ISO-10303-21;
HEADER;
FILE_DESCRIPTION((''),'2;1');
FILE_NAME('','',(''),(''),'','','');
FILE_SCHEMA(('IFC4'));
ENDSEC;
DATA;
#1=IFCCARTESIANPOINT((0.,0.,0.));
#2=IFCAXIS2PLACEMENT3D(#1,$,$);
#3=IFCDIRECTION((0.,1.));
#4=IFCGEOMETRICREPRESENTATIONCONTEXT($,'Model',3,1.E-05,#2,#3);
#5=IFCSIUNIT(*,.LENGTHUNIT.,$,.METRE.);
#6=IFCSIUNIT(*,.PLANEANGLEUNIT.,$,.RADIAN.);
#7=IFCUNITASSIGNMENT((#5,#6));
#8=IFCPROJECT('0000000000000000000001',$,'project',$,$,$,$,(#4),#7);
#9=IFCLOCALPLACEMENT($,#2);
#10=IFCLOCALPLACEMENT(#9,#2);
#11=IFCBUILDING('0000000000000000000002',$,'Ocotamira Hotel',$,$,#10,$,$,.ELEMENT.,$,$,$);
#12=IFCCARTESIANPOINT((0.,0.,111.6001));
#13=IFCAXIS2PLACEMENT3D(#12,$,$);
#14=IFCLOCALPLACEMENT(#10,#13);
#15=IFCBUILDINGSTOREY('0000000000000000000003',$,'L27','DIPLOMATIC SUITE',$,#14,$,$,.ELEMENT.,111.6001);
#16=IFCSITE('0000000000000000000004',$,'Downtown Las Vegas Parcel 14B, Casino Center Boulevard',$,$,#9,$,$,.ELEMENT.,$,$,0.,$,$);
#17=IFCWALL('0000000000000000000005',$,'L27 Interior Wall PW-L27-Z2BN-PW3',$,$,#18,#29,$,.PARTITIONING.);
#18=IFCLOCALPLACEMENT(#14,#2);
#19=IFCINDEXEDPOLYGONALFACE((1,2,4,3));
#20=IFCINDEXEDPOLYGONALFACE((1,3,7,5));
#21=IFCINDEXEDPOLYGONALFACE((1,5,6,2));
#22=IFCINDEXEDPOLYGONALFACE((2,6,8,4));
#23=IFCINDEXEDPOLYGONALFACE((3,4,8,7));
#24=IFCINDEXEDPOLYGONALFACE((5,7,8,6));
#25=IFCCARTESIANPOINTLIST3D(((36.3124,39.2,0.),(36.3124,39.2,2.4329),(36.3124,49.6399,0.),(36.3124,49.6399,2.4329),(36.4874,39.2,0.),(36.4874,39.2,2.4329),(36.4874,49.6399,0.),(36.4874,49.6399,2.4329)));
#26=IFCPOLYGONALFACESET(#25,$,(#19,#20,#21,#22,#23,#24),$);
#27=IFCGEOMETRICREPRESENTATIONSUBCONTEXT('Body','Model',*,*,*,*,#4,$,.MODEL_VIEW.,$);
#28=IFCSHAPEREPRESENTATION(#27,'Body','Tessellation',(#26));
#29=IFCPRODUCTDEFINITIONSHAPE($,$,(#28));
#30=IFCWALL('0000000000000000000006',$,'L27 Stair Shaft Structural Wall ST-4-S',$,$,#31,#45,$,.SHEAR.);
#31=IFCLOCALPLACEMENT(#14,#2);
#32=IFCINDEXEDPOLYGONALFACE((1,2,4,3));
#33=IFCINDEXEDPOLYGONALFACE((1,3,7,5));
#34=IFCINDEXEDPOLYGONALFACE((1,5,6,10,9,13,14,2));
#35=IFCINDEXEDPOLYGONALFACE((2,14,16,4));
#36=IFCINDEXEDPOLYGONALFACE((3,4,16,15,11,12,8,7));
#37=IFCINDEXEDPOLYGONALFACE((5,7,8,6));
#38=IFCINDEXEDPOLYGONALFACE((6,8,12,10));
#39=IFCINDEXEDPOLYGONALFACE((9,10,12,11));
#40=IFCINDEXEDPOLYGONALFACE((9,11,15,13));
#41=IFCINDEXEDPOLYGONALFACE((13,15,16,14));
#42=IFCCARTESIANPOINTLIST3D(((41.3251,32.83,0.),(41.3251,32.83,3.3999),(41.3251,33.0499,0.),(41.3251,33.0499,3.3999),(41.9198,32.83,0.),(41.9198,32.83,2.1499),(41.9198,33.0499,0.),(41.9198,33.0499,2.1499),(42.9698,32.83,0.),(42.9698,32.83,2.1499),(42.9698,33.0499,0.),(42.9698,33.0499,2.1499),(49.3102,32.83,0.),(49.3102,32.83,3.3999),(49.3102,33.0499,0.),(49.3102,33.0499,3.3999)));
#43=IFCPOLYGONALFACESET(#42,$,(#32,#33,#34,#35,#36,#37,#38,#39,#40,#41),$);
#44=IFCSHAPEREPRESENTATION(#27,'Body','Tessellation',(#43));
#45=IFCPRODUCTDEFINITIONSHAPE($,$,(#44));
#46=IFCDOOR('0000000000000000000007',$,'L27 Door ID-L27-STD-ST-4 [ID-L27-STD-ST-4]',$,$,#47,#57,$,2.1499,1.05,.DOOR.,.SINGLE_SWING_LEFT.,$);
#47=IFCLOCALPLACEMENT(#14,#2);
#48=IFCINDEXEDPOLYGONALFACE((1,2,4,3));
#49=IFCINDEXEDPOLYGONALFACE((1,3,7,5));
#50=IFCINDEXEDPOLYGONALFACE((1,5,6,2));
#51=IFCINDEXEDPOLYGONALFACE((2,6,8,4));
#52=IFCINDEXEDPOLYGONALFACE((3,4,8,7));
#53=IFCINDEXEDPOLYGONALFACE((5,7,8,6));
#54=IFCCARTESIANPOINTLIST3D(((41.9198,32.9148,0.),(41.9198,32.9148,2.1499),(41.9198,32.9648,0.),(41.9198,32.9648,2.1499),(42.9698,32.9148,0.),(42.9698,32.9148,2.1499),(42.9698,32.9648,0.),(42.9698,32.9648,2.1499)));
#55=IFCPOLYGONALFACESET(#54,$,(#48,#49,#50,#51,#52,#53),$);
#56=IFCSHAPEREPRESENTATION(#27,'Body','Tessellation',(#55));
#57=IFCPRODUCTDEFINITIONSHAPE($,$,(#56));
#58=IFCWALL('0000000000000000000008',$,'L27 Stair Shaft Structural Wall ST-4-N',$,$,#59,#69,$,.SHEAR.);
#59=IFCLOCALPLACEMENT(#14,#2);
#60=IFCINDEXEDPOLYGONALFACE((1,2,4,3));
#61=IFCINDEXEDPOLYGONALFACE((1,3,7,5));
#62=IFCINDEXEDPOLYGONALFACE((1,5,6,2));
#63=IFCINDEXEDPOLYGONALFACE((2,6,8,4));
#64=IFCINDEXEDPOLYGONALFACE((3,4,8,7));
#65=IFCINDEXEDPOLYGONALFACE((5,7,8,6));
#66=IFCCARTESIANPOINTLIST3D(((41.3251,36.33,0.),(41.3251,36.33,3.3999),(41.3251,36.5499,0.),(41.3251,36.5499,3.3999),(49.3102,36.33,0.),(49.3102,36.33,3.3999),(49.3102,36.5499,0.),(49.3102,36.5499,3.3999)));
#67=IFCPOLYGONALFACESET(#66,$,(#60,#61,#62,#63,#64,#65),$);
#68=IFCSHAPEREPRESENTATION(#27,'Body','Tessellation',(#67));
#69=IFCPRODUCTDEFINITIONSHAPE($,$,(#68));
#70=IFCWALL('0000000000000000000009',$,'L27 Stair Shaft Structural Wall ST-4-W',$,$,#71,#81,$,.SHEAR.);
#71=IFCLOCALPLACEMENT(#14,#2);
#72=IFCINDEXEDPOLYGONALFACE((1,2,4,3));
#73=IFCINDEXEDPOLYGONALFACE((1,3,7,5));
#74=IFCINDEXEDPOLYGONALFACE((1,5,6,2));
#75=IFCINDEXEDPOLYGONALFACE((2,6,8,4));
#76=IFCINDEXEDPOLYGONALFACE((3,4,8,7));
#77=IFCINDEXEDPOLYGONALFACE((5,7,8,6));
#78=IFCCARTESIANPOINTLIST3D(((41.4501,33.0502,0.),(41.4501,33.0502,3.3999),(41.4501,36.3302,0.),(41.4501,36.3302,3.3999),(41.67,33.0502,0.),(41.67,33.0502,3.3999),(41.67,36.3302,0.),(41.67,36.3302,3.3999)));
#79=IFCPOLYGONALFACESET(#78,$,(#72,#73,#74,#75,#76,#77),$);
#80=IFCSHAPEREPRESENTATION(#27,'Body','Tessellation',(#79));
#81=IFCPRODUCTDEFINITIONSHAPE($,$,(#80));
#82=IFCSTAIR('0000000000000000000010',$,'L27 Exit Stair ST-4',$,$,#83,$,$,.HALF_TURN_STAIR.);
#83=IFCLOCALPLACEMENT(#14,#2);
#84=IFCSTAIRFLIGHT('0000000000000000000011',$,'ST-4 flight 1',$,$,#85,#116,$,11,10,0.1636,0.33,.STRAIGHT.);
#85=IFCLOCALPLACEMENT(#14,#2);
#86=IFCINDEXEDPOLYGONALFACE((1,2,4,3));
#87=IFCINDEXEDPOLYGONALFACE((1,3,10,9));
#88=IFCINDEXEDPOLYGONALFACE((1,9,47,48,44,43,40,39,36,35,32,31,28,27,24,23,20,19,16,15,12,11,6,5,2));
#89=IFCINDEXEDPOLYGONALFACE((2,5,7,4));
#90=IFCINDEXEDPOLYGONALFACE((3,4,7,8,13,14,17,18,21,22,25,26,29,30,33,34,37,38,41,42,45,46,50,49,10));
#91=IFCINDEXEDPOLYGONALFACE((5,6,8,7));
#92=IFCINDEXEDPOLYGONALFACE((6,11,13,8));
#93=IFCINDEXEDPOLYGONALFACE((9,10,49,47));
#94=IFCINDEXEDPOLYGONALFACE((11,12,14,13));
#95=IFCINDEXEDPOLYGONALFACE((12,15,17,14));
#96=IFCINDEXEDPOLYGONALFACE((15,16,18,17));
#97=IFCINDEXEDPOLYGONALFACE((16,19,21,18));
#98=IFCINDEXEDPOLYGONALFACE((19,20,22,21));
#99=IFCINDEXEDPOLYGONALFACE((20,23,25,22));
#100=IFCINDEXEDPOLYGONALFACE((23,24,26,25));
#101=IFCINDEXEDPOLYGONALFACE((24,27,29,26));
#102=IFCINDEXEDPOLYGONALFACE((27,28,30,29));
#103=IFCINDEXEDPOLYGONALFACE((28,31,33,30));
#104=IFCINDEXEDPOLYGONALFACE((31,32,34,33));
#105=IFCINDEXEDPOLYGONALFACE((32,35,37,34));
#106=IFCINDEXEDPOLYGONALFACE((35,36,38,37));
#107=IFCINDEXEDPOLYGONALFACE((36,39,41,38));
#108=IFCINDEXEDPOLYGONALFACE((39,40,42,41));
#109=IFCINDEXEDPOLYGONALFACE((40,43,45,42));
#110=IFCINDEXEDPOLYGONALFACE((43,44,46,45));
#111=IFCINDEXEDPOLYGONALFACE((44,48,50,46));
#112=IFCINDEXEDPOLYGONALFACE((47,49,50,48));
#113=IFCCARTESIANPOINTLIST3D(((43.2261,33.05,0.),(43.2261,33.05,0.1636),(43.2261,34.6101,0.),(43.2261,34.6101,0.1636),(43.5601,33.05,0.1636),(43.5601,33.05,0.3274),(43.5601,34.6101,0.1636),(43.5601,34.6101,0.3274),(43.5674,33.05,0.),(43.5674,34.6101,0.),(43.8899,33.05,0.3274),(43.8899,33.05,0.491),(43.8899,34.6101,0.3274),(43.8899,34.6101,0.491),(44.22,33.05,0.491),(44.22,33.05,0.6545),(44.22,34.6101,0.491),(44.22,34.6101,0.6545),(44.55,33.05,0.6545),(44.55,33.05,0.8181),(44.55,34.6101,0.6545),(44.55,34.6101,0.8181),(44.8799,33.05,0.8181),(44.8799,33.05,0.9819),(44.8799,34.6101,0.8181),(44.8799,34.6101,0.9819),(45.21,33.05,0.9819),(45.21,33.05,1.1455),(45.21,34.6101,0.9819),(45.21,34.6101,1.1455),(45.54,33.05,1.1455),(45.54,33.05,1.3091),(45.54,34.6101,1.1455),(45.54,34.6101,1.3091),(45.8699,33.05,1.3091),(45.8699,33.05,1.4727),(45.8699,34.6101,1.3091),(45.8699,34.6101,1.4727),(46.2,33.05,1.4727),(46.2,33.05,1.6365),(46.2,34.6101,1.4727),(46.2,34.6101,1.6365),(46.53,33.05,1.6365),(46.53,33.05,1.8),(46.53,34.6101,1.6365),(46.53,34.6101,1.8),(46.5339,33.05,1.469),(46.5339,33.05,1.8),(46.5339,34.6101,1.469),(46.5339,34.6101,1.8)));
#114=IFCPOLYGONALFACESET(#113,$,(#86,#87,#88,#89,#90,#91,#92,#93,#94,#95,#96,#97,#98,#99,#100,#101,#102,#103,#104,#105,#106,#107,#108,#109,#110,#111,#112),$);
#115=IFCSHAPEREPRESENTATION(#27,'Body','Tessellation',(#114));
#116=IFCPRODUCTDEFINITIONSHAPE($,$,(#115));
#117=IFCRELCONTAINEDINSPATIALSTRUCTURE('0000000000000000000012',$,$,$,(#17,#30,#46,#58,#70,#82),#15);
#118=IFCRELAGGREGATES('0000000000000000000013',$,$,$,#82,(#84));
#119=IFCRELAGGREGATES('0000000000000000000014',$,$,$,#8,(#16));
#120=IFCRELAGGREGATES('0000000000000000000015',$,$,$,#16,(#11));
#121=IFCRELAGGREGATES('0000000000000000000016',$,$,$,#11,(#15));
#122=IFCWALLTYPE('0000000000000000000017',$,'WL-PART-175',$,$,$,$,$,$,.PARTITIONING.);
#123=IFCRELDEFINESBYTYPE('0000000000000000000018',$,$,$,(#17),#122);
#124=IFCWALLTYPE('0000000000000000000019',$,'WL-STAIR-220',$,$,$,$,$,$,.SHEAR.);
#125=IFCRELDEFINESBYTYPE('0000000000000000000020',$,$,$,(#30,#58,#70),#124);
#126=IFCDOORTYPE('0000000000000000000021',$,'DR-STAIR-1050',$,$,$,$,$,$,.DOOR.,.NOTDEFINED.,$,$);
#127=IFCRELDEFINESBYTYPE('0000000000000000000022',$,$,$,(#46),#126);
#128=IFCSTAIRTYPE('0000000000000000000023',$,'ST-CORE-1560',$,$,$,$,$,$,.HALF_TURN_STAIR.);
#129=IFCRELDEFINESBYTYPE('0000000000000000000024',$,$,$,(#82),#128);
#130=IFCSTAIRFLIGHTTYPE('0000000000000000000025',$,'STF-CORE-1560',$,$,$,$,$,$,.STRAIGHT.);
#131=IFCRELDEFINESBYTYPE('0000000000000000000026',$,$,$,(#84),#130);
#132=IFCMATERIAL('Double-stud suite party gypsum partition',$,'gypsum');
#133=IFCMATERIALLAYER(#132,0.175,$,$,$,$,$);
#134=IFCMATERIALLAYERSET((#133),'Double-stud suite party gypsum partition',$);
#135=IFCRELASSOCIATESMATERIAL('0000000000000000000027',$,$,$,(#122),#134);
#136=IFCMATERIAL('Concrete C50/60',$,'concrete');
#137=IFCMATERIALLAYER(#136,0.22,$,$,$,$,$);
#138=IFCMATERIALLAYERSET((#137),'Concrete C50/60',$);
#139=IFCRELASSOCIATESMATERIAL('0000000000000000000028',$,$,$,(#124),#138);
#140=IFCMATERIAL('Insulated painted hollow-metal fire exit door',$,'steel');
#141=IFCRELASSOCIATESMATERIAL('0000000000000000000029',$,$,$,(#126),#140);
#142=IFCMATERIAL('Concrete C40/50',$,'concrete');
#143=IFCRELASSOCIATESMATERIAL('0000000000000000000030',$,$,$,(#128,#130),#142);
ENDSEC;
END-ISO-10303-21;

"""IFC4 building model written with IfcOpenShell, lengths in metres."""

from ifc_helpers import new_model, si_unit, direction, frame, frame_2d, origin, place, context, subcontext, project, spatial, polyline, rectangle, outline, extrude, source, transform, mapped, material, layer, layer_set, type_object, element, fill, aggregate, save


model = new_model("IFC4")

# Units and contexts
model_context = context("Model", 3, precision=1e-05, world=origin(), true_north=direction((0.0, 1.0)))
body_context = subcontext(model_context, "Body", "Model", "MODEL_VIEW")
ifc_project = project(units=[si_unit("LENGTHUNIT", "METRE"), si_unit("PLANEANGLEUNIT", "RADIAN")], contexts=[model_context])

# Site, building, storey
site_placement = place(None, origin())
site = spatial("IfcSite", under=ifc_project, at=site_placement, Name="Downtown Las Vegas Parcel 14B, Casino Center Boulevard", CompositionType="ELEMENT", RefElevation=0.0)
building_placement = place(site_placement, origin())
building = spatial("IfcBuilding", under=site, at=building_placement, Name="Ocotamira Hotel", CompositionType="ELEMENT")
storey_placement = place(building_placement, frame((0.0, 0.0, 111.6001)))
storey = spatial("IfcBuildingStorey", under=building, at=storey_placement, Name="L27", Description="DIPLOMATIC SUITE", CompositionType="ELEMENT", Elevation=111.6001)

# Wall
ifc_material_1 = material(Name="Double-stud suite party gypsum partition", Category="gypsum")
ifc_layer_1 = layer(ifc_material_1, 0.175)
ifc_layer_set_1 = layer_set([ifc_layer_1], Name="Double-stud suite party gypsum partition")
wall_type_1 = type_object("IfcWallType", Name="WL-PART-175", PredefinedType="PARTITIONING", material=ifc_layer_set_1)
wall_1_placement = place(storey_placement, frame((36.3999, 39.2, 0.0), z_axis=(0.0, 0.0, 1.0), x_axis=(0.0, 1.0, 0.0)))
element("IfcWall", 1, at=wall_1_placement, inside=storey, type_object=wall_type_1, Name="L27 Interior Wall PW-L27-Z2BN-PW3", PredefinedType="PARTITIONING", context=body_context, shape_type="SweptSolid", body=[
    extrude(rectangle(XDim=10.4399, YDim=0.175, at=frame_2d((5.22, 0.0))), origin(), (0.0, 0.0, 1.0), 2.4329),
])

# Wall, opening, door
ifc_material_2 = material(Name="Concrete C50/60", Category="concrete")
ifc_layer_2 = layer(ifc_material_2, 0.22)
ifc_layer_set_2 = layer_set([ifc_layer_2], Name="Concrete C50/60")
wall_type_2 = type_object("IfcWallType", Name="WL-STAIR-220", PredefinedType="SHEAR", material=ifc_layer_set_2)
wall_2_placement = place(storey_placement, frame((41.325, 32.9399, 0.0), z_axis=(0.0, 0.0, 1.0), x_axis=(1.0, 0.0, 0.0)))
wall_2 = element("IfcWall", 2, at=wall_2_placement, inside=storey, type_object=wall_type_2, Name="L27 Stair Shaft Structural Wall ST-4-S", PredefinedType="SHEAR", context=body_context, shape_type="SweptSolid", body=[
    extrude(rectangle(XDim=7.9851, YDim=0.22, at=frame_2d((3.9927, 0.0))), origin(), (0.0, 0.0, 1.0), 3.3999),
])
opening_1_placement = place(wall_2_placement, frame((0.595, 0.0, 0.0)))
opening_1 = element("IfcOpeningElement", 3, at=opening_1_placement, cuts=wall_2, PredefinedType="OPENING", context=body_context, shape_type="SweptSolid", body=[
    extrude(rectangle(XDim=1.05, YDim=2.1499, at=frame_2d((0.5249, 1.075))), frame((0.0, 0.1201, 0.0), z_axis=(0.0, -1.0, 0.0), x_axis=(1.0, 0.0, 0.0)), (0.0, 0.0, 1.0), 0.24),
])
ifc_material_3 = material(Name="Insulated painted hollow-metal fire exit door", Category="steel")
door_type_1 = type_object("IfcDoorType", Name="DR-STAIR-1050", OperationType="NOTDEFINED", PredefinedType="DOOR", material=ifc_material_3)
shared_shape_1 = source(origin(), body_context, "Body", "SweptSolid", [
    extrude(rectangle(XDim=1.05, YDim=2.1499, at=frame_2d((0.5249, 1.075))), frame((0.0, 0.0249, 0.0), z_axis=(0.0, -1.0, 0.0), x_axis=(1.0, 0.0, 0.0)), (0.0, 0.0, 1.0), 0.05),
])
door_1_placement = place(opening_1_placement, origin())
door_1 = element("IfcDoor", 4, at=door_1_placement, inside=storey, type_object=door_type_1, Name="L27 Door ID-L27-STD-ST-4 [ID-L27-STD-ST-4]", OperationType="SINGLE_SWING_LEFT", OverallHeight=2.1499, OverallWidth=1.05, PredefinedType="DOOR", context=body_context, shape_type="MappedRepresentation", body=[
    mapped(shared_shape_1, transform((0.0, 0.0, 0.0), scale=1.0)),
])
fill(opening_1, door_1)

# Walls
wall_3_placement = place(storey_placement, frame((41.325, 36.4399, 0.0), z_axis=(0.0, 0.0, 1.0), x_axis=(1.0, 0.0, 0.0)))
element("IfcWall", 5, at=wall_3_placement, inside=storey, type_object=wall_type_2, Name="L27 Stair Shaft Structural Wall ST-4-N", PredefinedType="SHEAR", context=body_context, shape_type="SweptSolid", body=[
    extrude(rectangle(XDim=7.9851, YDim=0.22, at=frame_2d((3.9927, 0.0))), origin(), (0.0, 0.0, 1.0), 3.3999),
])
wall_4_placement = place(storey_placement, frame((41.5601, 33.05, 0.0), z_axis=(0.0, 0.0, 1.0), x_axis=(0.0, 1.0, 0.0)))
element("IfcWall", 6, at=wall_4_placement, inside=storey, type_object=wall_type_2, Name="L27 Stair Shaft Structural Wall ST-4-W", PredefinedType="SHEAR", context=body_context, shape_type="SweptSolid", body=[
    extrude(rectangle(XDim=3.28, YDim=0.22, at=frame_2d((1.6401, 0.0))), origin(), (0.0, 0.0, 1.0), 3.3999),
])

# Stair, stair flight
ifc_material_4 = material(Name="Concrete C40/50", Category="concrete")
stair_type = type_object("IfcStairType", Name="ST-CORE-1560", PredefinedType="HALF_TURN_STAIR", material=ifc_material_4)
stair_placement = place(storey_placement, origin())
stair = element("IfcStair", 7, at=stair_placement, inside=storey, type_object=stair_type, Name="L27 Exit Stair ST-4", PredefinedType="HALF_TURN_STAIR")
stair_flight_type = type_object("IfcStairFlightType", Name="STF-CORE-1560", PredefinedType="STRAIGHT", material=ifc_material_4)
shared_shape_2 = source(origin(), body_context, "Body", "SweptSolid", [
    extrude(outline(polyline([(-0.0039, 0.0), (-0.0039, 0.1636), (0.3301, 0.1636), (0.3301, 0.3274), (0.6599, 0.3274), (0.6599, 0.491), (0.99, 0.491), (0.99, 0.6545), (1.3201, 0.6545), (1.3201, 0.8181), (1.6499, 0.8181), (1.6499, 0.9819), (1.98, 0.9819), (1.98, 1.1455), (2.3101, 1.1455), (2.3101, 1.3091), (2.6399, 1.3091), (2.6399, 1.4727), (2.97, 1.4727), (2.97, 1.6365), (3.3, 1.6365), (3.3, 1.8), (3.304, 1.8), (3.304, 1.469), (0.3374, 0.0), (-0.0039, 0.0)])), frame((0.0, 0.78, 0.0), z_axis=(0.0, -1.0, 0.0), x_axis=(1.0, 0.0, 0.0)), (0.0, 0.0, 1.0), 1.5601),
])
stair_flight_placement = place(storey_placement, frame((43.23, 33.8301, 0.0), z_axis=(0.0, 0.0, 1.0), x_axis=(1.0, 0.0, 0.0)))
stair_flight = element("IfcStairFlight", 8, at=stair_flight_placement, type_object=stair_flight_type, Name="ST-4 flight 1", NumberOfRisers=11, NumberOfTreads=10, PredefinedType="STRAIGHT", RiserHeight=0.1636, TreadLength=0.33, context=body_context, shape_type="MappedRepresentation", body=[
    mapped(shared_shape_2, transform((0.0, 0.0, 0.0), scale=1.0)),
])
aggregate(stair, [stair_flight])

save(model, "model.ifc")
